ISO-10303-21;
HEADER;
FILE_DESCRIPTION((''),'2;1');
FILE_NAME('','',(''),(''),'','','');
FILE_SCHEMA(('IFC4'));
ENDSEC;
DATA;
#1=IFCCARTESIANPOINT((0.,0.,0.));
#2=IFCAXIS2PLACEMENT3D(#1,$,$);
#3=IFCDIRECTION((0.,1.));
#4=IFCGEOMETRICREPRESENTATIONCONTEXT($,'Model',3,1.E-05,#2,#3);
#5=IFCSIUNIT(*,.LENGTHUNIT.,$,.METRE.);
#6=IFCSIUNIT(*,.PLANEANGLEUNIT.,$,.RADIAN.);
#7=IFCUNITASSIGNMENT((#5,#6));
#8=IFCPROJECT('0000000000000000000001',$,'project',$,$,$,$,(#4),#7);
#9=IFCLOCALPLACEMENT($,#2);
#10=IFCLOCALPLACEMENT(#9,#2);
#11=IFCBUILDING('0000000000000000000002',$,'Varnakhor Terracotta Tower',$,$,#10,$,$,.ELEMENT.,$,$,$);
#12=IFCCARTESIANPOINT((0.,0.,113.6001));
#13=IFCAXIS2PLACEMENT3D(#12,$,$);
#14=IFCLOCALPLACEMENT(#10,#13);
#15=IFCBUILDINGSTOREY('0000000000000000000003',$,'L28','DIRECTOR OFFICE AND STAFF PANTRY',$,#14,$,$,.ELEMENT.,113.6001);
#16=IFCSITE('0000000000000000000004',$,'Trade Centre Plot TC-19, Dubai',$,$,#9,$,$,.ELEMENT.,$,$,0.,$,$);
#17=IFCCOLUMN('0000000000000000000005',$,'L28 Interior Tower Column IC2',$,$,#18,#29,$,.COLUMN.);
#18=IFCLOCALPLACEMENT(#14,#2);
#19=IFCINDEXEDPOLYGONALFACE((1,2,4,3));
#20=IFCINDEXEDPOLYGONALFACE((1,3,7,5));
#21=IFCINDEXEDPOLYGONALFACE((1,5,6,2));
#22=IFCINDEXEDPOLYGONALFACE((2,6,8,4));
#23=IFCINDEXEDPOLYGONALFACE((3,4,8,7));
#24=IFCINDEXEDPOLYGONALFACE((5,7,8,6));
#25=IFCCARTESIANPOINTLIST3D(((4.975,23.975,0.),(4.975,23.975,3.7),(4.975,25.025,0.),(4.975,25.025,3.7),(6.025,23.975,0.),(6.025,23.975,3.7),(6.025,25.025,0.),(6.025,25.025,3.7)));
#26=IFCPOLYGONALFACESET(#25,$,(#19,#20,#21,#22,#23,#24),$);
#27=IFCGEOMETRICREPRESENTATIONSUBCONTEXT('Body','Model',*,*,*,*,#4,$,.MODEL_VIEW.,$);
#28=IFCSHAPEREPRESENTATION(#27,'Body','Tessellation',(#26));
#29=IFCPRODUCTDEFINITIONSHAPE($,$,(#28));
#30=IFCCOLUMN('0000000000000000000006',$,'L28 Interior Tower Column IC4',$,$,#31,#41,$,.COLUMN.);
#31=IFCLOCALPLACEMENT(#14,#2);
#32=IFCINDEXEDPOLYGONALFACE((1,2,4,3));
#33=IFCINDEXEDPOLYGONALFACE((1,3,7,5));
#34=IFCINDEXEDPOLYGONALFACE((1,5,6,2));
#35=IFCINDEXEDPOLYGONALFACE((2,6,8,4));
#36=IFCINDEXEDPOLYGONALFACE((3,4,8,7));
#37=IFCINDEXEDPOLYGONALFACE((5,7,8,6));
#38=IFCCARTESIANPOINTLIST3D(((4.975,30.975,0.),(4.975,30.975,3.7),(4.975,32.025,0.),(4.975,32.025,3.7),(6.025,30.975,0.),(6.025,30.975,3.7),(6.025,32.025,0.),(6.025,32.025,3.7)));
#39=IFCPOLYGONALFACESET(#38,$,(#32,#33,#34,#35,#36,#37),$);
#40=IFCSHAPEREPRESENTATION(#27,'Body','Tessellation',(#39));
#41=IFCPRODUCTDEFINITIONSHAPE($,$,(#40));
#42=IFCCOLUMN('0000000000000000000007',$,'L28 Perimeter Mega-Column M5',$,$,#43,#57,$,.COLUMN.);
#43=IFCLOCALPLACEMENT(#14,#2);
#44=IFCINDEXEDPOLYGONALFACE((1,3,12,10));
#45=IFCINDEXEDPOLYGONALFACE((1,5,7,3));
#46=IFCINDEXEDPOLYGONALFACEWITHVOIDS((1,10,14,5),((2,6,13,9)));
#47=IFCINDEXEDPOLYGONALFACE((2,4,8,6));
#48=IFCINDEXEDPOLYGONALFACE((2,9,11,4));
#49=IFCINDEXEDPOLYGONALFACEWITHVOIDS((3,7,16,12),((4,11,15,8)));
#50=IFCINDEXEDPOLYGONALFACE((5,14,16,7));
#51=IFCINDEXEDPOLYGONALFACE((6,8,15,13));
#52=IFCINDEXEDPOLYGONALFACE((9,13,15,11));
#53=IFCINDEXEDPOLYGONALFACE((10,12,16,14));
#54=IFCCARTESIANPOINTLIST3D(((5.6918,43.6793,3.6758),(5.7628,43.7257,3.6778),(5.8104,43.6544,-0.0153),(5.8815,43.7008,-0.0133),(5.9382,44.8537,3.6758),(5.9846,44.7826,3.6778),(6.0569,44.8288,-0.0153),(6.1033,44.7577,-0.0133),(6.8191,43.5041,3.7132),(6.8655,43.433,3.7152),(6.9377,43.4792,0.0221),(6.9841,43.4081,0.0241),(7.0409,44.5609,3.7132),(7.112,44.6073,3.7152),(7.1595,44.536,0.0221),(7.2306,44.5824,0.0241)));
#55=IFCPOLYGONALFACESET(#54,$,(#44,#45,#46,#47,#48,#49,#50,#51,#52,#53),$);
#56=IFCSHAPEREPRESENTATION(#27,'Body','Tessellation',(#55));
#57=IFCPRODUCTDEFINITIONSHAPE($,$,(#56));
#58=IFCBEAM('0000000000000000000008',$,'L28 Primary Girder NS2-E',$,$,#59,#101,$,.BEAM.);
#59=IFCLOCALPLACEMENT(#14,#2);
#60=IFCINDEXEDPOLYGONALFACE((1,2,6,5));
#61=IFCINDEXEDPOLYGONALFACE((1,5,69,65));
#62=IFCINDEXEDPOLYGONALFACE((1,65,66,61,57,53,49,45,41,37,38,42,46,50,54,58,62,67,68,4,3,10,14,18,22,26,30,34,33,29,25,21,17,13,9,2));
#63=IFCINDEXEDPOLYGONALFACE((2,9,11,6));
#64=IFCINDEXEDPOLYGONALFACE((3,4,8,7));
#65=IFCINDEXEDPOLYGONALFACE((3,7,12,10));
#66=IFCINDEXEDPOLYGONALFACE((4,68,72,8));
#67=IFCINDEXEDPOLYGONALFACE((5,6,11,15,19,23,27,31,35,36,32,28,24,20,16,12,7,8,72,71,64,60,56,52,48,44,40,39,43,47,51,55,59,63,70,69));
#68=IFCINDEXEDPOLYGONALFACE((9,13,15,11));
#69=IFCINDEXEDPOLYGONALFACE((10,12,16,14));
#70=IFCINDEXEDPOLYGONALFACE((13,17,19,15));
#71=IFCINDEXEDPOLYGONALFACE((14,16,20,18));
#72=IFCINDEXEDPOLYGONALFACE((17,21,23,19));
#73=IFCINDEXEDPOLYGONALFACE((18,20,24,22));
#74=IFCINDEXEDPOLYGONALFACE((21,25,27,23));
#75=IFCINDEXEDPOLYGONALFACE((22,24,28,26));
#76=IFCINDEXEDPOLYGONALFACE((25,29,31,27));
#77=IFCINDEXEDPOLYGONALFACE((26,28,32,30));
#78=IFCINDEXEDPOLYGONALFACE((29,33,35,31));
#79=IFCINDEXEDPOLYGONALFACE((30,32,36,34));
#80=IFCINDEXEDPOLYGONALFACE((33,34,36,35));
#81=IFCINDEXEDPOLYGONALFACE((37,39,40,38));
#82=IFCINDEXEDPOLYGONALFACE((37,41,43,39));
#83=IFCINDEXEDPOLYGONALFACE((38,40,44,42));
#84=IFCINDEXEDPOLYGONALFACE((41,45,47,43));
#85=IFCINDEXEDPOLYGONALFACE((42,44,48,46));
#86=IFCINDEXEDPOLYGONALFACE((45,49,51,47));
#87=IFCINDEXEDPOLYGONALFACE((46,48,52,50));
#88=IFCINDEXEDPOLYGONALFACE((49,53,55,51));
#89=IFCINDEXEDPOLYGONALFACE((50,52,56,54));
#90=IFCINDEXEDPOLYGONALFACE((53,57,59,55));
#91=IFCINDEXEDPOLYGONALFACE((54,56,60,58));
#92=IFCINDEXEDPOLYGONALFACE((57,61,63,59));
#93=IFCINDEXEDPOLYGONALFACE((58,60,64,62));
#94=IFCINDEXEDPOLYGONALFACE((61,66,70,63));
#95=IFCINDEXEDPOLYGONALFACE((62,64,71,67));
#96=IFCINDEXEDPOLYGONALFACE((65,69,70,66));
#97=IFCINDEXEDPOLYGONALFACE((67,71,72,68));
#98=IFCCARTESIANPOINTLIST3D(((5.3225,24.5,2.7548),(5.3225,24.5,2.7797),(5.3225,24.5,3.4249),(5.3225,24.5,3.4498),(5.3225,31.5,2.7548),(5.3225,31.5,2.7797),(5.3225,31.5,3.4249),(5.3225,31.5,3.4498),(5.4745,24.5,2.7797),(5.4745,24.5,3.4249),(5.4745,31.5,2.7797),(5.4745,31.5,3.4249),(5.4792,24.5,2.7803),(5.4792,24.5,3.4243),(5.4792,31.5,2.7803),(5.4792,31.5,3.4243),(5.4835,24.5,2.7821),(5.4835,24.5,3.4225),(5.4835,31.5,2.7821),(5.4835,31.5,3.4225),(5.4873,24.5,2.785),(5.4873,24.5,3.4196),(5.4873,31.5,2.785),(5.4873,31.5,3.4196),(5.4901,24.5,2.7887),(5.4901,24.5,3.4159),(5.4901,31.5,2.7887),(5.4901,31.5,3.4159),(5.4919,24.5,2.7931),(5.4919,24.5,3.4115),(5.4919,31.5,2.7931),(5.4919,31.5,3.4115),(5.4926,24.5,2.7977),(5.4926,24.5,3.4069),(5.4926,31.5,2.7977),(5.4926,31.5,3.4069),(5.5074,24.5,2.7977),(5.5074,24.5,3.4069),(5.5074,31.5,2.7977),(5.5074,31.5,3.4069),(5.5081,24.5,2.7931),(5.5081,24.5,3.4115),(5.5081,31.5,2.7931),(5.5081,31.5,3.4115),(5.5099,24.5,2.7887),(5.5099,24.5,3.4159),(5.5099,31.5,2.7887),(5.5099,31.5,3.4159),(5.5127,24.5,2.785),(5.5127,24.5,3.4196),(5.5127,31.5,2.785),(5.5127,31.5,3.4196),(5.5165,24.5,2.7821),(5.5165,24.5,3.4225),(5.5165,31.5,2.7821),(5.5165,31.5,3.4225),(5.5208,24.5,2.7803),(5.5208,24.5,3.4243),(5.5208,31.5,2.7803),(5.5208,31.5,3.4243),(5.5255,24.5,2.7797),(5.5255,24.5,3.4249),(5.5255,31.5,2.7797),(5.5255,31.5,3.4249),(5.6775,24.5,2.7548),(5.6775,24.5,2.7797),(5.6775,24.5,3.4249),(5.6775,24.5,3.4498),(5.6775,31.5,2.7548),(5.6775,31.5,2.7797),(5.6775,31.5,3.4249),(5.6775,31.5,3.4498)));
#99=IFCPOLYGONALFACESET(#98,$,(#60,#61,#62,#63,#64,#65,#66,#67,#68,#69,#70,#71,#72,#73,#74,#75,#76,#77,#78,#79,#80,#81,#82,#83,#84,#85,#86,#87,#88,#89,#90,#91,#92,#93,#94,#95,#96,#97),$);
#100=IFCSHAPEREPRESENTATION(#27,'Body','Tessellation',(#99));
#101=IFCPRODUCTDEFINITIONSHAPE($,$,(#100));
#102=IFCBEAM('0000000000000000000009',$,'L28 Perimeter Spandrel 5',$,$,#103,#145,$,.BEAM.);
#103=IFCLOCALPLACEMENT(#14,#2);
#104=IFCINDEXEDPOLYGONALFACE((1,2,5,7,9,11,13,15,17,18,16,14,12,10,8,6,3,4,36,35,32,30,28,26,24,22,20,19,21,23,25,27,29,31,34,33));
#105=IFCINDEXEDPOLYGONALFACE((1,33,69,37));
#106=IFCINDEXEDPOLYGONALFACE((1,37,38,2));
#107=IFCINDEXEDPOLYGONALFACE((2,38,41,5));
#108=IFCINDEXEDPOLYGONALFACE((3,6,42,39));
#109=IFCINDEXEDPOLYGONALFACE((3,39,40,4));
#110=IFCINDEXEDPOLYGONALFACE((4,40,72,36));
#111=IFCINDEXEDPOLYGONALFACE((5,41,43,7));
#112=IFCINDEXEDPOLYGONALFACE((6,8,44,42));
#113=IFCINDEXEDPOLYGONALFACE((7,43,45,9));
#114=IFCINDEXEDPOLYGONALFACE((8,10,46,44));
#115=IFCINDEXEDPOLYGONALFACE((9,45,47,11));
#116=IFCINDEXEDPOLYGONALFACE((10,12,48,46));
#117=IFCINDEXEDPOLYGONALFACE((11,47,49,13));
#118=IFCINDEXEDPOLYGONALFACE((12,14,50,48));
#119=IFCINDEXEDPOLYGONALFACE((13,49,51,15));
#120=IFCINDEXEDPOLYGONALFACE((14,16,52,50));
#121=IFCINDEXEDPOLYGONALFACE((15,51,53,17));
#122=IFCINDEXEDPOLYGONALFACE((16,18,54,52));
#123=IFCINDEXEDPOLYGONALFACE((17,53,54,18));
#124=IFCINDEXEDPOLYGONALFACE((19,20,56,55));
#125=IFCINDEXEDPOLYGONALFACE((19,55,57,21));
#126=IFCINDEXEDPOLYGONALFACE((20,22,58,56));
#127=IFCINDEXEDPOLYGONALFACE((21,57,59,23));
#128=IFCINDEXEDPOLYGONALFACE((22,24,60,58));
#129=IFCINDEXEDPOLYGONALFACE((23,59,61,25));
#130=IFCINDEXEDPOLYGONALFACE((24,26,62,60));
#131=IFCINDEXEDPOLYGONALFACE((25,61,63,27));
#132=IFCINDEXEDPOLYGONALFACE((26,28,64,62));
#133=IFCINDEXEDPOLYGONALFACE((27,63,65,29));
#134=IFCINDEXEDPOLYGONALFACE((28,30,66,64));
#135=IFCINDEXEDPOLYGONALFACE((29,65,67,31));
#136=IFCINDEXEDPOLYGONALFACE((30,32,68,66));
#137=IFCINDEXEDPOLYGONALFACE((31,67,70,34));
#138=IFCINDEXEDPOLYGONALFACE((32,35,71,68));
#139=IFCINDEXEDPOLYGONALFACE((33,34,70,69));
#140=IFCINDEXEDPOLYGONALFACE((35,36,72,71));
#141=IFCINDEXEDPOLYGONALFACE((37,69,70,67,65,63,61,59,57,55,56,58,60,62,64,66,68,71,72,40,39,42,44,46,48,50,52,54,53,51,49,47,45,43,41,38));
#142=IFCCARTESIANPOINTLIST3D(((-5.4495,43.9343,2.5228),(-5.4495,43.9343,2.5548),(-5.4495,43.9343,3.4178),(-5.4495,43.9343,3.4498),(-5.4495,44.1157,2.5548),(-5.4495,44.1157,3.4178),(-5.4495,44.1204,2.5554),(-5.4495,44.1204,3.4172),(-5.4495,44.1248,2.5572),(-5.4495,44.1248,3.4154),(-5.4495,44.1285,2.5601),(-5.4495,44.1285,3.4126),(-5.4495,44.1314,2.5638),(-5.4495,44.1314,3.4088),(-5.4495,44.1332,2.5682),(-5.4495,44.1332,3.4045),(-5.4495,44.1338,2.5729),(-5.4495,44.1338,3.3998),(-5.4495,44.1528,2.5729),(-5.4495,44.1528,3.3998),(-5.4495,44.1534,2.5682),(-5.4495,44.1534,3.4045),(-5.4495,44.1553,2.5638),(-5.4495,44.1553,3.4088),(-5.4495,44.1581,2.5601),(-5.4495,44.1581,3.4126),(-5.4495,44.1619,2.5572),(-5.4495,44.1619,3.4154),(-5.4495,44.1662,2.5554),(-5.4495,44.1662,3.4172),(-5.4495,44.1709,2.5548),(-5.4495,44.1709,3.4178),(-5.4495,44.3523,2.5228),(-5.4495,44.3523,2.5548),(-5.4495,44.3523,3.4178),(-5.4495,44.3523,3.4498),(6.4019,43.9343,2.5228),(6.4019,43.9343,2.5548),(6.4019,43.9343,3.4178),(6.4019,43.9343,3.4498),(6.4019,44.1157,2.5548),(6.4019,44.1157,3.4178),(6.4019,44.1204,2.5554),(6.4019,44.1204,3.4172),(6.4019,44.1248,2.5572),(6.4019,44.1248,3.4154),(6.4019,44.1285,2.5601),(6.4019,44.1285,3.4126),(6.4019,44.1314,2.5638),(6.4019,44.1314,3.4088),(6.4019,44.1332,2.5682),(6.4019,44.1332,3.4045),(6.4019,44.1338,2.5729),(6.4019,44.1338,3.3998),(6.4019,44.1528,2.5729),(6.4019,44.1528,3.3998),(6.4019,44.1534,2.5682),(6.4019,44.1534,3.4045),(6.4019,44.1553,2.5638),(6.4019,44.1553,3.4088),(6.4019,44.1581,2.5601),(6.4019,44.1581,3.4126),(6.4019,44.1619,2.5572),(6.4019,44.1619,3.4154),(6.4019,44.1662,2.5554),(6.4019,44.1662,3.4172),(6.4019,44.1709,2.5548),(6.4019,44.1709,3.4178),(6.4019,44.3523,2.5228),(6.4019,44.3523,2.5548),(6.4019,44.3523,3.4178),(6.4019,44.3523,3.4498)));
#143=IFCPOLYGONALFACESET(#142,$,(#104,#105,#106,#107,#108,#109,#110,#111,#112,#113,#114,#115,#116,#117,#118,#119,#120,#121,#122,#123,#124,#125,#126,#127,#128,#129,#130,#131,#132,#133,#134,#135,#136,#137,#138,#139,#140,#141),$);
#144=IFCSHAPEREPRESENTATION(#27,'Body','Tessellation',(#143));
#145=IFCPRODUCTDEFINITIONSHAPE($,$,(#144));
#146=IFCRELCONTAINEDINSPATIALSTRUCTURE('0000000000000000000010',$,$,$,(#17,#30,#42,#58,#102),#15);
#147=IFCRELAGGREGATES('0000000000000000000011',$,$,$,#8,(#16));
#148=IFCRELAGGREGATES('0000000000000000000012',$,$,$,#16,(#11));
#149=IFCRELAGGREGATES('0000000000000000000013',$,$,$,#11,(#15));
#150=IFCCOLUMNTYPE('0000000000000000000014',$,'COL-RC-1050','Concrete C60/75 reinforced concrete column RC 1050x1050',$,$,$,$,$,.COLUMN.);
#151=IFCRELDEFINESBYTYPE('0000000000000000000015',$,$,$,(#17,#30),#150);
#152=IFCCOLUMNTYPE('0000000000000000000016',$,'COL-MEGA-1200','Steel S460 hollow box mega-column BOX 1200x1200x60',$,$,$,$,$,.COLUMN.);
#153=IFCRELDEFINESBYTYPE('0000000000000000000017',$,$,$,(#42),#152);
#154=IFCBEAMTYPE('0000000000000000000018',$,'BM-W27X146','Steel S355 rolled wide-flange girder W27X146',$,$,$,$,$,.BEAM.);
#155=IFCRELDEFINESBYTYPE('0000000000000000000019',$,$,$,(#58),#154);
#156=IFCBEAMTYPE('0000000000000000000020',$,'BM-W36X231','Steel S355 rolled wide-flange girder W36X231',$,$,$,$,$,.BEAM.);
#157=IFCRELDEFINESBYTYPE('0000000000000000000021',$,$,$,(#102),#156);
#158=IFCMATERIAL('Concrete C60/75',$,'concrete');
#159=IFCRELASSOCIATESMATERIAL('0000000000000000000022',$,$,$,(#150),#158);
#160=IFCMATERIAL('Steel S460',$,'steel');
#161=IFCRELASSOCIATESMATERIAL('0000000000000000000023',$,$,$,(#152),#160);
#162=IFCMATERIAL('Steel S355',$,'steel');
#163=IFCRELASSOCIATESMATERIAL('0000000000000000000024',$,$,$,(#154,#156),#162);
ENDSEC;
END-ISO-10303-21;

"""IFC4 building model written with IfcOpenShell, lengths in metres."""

from ifc_helpers import new_model, si_unit, direction, frame, origin, origin_2d, place, context, subcontext, project, spatial, rectangle, hollow_rectangle, i_section, extrude, source, transform, mapped, material, material_profile, profile_set, type_object, element, save


model = new_model("IFC4")

# Units and contexts
model_context = context("Model", 3, precision=1e-05, world=origin(), true_north=direction((0.0, 1.0)))
body_context = subcontext(model_context, "Body", "Model", "MODEL_VIEW")
ifc_project = project(units=[si_unit("LENGTHUNIT", "METRE"), si_unit("PLANEANGLEUNIT", "RADIAN")], contexts=[model_context])

# Site, building, storey
site_placement = place(None, origin())
site = spatial("IfcSite", under=ifc_project, at=site_placement, Name="Trade Centre Plot TC-19, Dubai", CompositionType="ELEMENT", RefElevation=0.0)
building_placement = place(site_placement, origin())
building = spatial("IfcBuilding", under=site, at=building_placement, Name="Varnakhor Terracotta Tower", CompositionType="ELEMENT")
storey_placement = place(building_placement, frame((0.0, 0.0, 113.6001)))
storey = spatial("IfcBuildingStorey", under=building, at=storey_placement, Name="L28", Description="DIRECTOR OFFICE AND STAFF PANTRY", CompositionType="ELEMENT", Elevation=113.6001)

# Columns
ifc_material_1 = material(Name="Concrete C60/75", Category="concrete")
ifc_material_profile_1 = material_profile(ifc_material_1, rectangle(XDim=1.05, YDim=1.05, at=origin_2d()), Name="RC 1050x1050")
ifc_profile_set_1 = profile_set([ifc_material_profile_1], Name="Concrete C60/75")
column_type_1 = type_object("IfcColumnType", Name="COL-RC-1050", Description="Concrete C60/75 reinforced concrete column RC 1050x1050", PredefinedType="COLUMN", material=ifc_profile_set_1)
shared_shape_1 = source(origin(), body_context, "Body", "SweptSolid", [
    extrude(rectangle(XDim=1.05, YDim=1.05, at=origin_2d()), origin(), (0.0, 0.0, 1.0), 3.7),
])
for number, where, z_axis, x_axis, name in (
    (1, (5.5, 24.5, 0.0), (0.0, 0.0, 1.0), (1.0, 0.0, 0.0), "L28 Interior Tower Column IC2"),
    (2, (5.5, 31.5, 0.0), (0.0, 0.0, 1.0), (1.0, 0.0, 0.0), "L28 Interior Tower Column IC4"),
):
    element("IfcColumn", number, at=place(storey_placement, frame(where, z_axis=z_axis, x_axis=x_axis)), inside=storey, type_object=column_type_1, Name=name, PredefinedType="COLUMN", context=body_context, shape_type="MappedRepresentation", body=[
        mapped(shared_shape_1, transform((0.0, 0.0, 0.0), scale=1.0)),
    ])
ifc_material_2 = material(Name="Steel S460", Category="steel")
ifc_material_profile_2 = material_profile(ifc_material_2, hollow_rectangle(XDim=1.2, YDim=1.2, WallThickness=0.0601, at=origin_2d()), Name="BOX 1200x1200x60")
ifc_profile_set_2 = profile_set([ifc_material_profile_2], Name="Steel S460")
column_type_2 = type_object("IfcColumnType", Name="COL-MEGA-1200", Description="Steel S460 hollow box mega-column BOX 1200x1200x60", PredefinedType="COLUMN", material=ifc_profile_set_2)
shared_shape_2 = source(origin(), body_context, "Body", "SweptSolid", [
    extrude(hollow_rectangle(XDim=1.2, YDim=1.2, WallThickness=0.0601, at=origin_2d()), origin(), (0.0, 0.0, 1.0), 3.6931),
])
column_placement = place(storey_placement, frame((6.5205, 44.1184, 0.0044), z_axis=(-0.032128, 0.006743, 0.999461), x_axis=(-0.205402, -0.978678, 0.0)))
element("IfcColumn", 3, at=column_placement, inside=storey, type_object=column_type_2, Name="L28 Perimeter Mega-Column M5", PredefinedType="COLUMN", context=body_context, shape_type="MappedRepresentation", body=[
    mapped(shared_shape_2, transform((0.0, 0.0, 0.0), scale=1.0)),
])

# Beams
ifc_material_3 = material(Name="Steel S355", Category="steel")
ifc_material_profile_3 = material_profile(ifc_material_3, i_section(OverallWidth=0.355, OverallDepth=0.6951, WebThickness=0.0149, FlangeThickness=0.0249, FilletRadius=0.0181, at=origin_2d()), Name="W27X146")
ifc_profile_set_3 = profile_set([ifc_material_profile_3], Name="Steel S355")
beam_type_1 = type_object("IfcBeamType", Name="BM-W27X146", Description="Steel S355 rolled wide-flange girder W27X146", PredefinedType="BEAM", material=ifc_profile_set_3)
shared_shape_3 = source(origin(), body_context, "Body", "SweptSolid", [
    extrude(i_section(OverallWidth=0.355, OverallDepth=0.6951, WebThickness=0.0149, FlangeThickness=0.0249, FilletRadius=0.0181, at=origin_2d()), origin(), (0.0, 0.0, 1.0), 7.0),
])
beam_1_placement = place(storey_placement, frame((5.5, 24.5, 3.1023), z_axis=(0.0, 1.0, 0.0), x_axis=(-1.0, 0.0, 0.0)))
element("IfcBeam", 4, at=beam_1_placement, inside=storey, type_object=beam_type_1, Name="L28 Primary Girder NS2-E", PredefinedType="BEAM", context=body_context, shape_type="MappedRepresentation", body=[
    mapped(shared_shape_3, transform((0.0, 0.0, 0.0), scale=1.0)),
])
ifc_material_profile_4 = material_profile(ifc_material_3, i_section(OverallWidth=0.418, OverallDepth=0.927, WebThickness=0.019, FlangeThickness=0.032, FilletRadius=0.0181, at=origin_2d()), Name="W36X231")
ifc_profile_set_4 = profile_set([ifc_material_profile_4], Name="Steel S355")
beam_type_2 = type_object("IfcBeamType", Name="BM-W36X231", Description="Steel S355 rolled wide-flange girder W36X231", PredefinedType="BEAM", material=ifc_profile_set_4)
shared_shape_4 = source(origin(), body_context, "Body", "SweptSolid", [
    extrude(i_section(OverallWidth=0.418, OverallDepth=0.927, WebThickness=0.019, FlangeThickness=0.032, FilletRadius=0.0181, at=origin_2d()), origin(), (0.0, 0.0, 1.0), 11.8513),
])
beam_2_placement = place(storey_placement, frame((6.4019, 44.1433, 2.9863), z_axis=(-1.0, 0.0, 0.0), x_axis=(0.0, -1.0, 0.0)))
element("IfcBeam", 5, at=beam_2_placement, inside=storey, type_object=beam_type_2, Name="L28 Perimeter Spandrel 5", PredefinedType="BEAM", context=body_context, shape_type="MappedRepresentation", body=[
    mapped(shared_shape_4, transform((0.0, 0.0, 0.0), scale=1.0)),
])

save(model, "model.ifc")
